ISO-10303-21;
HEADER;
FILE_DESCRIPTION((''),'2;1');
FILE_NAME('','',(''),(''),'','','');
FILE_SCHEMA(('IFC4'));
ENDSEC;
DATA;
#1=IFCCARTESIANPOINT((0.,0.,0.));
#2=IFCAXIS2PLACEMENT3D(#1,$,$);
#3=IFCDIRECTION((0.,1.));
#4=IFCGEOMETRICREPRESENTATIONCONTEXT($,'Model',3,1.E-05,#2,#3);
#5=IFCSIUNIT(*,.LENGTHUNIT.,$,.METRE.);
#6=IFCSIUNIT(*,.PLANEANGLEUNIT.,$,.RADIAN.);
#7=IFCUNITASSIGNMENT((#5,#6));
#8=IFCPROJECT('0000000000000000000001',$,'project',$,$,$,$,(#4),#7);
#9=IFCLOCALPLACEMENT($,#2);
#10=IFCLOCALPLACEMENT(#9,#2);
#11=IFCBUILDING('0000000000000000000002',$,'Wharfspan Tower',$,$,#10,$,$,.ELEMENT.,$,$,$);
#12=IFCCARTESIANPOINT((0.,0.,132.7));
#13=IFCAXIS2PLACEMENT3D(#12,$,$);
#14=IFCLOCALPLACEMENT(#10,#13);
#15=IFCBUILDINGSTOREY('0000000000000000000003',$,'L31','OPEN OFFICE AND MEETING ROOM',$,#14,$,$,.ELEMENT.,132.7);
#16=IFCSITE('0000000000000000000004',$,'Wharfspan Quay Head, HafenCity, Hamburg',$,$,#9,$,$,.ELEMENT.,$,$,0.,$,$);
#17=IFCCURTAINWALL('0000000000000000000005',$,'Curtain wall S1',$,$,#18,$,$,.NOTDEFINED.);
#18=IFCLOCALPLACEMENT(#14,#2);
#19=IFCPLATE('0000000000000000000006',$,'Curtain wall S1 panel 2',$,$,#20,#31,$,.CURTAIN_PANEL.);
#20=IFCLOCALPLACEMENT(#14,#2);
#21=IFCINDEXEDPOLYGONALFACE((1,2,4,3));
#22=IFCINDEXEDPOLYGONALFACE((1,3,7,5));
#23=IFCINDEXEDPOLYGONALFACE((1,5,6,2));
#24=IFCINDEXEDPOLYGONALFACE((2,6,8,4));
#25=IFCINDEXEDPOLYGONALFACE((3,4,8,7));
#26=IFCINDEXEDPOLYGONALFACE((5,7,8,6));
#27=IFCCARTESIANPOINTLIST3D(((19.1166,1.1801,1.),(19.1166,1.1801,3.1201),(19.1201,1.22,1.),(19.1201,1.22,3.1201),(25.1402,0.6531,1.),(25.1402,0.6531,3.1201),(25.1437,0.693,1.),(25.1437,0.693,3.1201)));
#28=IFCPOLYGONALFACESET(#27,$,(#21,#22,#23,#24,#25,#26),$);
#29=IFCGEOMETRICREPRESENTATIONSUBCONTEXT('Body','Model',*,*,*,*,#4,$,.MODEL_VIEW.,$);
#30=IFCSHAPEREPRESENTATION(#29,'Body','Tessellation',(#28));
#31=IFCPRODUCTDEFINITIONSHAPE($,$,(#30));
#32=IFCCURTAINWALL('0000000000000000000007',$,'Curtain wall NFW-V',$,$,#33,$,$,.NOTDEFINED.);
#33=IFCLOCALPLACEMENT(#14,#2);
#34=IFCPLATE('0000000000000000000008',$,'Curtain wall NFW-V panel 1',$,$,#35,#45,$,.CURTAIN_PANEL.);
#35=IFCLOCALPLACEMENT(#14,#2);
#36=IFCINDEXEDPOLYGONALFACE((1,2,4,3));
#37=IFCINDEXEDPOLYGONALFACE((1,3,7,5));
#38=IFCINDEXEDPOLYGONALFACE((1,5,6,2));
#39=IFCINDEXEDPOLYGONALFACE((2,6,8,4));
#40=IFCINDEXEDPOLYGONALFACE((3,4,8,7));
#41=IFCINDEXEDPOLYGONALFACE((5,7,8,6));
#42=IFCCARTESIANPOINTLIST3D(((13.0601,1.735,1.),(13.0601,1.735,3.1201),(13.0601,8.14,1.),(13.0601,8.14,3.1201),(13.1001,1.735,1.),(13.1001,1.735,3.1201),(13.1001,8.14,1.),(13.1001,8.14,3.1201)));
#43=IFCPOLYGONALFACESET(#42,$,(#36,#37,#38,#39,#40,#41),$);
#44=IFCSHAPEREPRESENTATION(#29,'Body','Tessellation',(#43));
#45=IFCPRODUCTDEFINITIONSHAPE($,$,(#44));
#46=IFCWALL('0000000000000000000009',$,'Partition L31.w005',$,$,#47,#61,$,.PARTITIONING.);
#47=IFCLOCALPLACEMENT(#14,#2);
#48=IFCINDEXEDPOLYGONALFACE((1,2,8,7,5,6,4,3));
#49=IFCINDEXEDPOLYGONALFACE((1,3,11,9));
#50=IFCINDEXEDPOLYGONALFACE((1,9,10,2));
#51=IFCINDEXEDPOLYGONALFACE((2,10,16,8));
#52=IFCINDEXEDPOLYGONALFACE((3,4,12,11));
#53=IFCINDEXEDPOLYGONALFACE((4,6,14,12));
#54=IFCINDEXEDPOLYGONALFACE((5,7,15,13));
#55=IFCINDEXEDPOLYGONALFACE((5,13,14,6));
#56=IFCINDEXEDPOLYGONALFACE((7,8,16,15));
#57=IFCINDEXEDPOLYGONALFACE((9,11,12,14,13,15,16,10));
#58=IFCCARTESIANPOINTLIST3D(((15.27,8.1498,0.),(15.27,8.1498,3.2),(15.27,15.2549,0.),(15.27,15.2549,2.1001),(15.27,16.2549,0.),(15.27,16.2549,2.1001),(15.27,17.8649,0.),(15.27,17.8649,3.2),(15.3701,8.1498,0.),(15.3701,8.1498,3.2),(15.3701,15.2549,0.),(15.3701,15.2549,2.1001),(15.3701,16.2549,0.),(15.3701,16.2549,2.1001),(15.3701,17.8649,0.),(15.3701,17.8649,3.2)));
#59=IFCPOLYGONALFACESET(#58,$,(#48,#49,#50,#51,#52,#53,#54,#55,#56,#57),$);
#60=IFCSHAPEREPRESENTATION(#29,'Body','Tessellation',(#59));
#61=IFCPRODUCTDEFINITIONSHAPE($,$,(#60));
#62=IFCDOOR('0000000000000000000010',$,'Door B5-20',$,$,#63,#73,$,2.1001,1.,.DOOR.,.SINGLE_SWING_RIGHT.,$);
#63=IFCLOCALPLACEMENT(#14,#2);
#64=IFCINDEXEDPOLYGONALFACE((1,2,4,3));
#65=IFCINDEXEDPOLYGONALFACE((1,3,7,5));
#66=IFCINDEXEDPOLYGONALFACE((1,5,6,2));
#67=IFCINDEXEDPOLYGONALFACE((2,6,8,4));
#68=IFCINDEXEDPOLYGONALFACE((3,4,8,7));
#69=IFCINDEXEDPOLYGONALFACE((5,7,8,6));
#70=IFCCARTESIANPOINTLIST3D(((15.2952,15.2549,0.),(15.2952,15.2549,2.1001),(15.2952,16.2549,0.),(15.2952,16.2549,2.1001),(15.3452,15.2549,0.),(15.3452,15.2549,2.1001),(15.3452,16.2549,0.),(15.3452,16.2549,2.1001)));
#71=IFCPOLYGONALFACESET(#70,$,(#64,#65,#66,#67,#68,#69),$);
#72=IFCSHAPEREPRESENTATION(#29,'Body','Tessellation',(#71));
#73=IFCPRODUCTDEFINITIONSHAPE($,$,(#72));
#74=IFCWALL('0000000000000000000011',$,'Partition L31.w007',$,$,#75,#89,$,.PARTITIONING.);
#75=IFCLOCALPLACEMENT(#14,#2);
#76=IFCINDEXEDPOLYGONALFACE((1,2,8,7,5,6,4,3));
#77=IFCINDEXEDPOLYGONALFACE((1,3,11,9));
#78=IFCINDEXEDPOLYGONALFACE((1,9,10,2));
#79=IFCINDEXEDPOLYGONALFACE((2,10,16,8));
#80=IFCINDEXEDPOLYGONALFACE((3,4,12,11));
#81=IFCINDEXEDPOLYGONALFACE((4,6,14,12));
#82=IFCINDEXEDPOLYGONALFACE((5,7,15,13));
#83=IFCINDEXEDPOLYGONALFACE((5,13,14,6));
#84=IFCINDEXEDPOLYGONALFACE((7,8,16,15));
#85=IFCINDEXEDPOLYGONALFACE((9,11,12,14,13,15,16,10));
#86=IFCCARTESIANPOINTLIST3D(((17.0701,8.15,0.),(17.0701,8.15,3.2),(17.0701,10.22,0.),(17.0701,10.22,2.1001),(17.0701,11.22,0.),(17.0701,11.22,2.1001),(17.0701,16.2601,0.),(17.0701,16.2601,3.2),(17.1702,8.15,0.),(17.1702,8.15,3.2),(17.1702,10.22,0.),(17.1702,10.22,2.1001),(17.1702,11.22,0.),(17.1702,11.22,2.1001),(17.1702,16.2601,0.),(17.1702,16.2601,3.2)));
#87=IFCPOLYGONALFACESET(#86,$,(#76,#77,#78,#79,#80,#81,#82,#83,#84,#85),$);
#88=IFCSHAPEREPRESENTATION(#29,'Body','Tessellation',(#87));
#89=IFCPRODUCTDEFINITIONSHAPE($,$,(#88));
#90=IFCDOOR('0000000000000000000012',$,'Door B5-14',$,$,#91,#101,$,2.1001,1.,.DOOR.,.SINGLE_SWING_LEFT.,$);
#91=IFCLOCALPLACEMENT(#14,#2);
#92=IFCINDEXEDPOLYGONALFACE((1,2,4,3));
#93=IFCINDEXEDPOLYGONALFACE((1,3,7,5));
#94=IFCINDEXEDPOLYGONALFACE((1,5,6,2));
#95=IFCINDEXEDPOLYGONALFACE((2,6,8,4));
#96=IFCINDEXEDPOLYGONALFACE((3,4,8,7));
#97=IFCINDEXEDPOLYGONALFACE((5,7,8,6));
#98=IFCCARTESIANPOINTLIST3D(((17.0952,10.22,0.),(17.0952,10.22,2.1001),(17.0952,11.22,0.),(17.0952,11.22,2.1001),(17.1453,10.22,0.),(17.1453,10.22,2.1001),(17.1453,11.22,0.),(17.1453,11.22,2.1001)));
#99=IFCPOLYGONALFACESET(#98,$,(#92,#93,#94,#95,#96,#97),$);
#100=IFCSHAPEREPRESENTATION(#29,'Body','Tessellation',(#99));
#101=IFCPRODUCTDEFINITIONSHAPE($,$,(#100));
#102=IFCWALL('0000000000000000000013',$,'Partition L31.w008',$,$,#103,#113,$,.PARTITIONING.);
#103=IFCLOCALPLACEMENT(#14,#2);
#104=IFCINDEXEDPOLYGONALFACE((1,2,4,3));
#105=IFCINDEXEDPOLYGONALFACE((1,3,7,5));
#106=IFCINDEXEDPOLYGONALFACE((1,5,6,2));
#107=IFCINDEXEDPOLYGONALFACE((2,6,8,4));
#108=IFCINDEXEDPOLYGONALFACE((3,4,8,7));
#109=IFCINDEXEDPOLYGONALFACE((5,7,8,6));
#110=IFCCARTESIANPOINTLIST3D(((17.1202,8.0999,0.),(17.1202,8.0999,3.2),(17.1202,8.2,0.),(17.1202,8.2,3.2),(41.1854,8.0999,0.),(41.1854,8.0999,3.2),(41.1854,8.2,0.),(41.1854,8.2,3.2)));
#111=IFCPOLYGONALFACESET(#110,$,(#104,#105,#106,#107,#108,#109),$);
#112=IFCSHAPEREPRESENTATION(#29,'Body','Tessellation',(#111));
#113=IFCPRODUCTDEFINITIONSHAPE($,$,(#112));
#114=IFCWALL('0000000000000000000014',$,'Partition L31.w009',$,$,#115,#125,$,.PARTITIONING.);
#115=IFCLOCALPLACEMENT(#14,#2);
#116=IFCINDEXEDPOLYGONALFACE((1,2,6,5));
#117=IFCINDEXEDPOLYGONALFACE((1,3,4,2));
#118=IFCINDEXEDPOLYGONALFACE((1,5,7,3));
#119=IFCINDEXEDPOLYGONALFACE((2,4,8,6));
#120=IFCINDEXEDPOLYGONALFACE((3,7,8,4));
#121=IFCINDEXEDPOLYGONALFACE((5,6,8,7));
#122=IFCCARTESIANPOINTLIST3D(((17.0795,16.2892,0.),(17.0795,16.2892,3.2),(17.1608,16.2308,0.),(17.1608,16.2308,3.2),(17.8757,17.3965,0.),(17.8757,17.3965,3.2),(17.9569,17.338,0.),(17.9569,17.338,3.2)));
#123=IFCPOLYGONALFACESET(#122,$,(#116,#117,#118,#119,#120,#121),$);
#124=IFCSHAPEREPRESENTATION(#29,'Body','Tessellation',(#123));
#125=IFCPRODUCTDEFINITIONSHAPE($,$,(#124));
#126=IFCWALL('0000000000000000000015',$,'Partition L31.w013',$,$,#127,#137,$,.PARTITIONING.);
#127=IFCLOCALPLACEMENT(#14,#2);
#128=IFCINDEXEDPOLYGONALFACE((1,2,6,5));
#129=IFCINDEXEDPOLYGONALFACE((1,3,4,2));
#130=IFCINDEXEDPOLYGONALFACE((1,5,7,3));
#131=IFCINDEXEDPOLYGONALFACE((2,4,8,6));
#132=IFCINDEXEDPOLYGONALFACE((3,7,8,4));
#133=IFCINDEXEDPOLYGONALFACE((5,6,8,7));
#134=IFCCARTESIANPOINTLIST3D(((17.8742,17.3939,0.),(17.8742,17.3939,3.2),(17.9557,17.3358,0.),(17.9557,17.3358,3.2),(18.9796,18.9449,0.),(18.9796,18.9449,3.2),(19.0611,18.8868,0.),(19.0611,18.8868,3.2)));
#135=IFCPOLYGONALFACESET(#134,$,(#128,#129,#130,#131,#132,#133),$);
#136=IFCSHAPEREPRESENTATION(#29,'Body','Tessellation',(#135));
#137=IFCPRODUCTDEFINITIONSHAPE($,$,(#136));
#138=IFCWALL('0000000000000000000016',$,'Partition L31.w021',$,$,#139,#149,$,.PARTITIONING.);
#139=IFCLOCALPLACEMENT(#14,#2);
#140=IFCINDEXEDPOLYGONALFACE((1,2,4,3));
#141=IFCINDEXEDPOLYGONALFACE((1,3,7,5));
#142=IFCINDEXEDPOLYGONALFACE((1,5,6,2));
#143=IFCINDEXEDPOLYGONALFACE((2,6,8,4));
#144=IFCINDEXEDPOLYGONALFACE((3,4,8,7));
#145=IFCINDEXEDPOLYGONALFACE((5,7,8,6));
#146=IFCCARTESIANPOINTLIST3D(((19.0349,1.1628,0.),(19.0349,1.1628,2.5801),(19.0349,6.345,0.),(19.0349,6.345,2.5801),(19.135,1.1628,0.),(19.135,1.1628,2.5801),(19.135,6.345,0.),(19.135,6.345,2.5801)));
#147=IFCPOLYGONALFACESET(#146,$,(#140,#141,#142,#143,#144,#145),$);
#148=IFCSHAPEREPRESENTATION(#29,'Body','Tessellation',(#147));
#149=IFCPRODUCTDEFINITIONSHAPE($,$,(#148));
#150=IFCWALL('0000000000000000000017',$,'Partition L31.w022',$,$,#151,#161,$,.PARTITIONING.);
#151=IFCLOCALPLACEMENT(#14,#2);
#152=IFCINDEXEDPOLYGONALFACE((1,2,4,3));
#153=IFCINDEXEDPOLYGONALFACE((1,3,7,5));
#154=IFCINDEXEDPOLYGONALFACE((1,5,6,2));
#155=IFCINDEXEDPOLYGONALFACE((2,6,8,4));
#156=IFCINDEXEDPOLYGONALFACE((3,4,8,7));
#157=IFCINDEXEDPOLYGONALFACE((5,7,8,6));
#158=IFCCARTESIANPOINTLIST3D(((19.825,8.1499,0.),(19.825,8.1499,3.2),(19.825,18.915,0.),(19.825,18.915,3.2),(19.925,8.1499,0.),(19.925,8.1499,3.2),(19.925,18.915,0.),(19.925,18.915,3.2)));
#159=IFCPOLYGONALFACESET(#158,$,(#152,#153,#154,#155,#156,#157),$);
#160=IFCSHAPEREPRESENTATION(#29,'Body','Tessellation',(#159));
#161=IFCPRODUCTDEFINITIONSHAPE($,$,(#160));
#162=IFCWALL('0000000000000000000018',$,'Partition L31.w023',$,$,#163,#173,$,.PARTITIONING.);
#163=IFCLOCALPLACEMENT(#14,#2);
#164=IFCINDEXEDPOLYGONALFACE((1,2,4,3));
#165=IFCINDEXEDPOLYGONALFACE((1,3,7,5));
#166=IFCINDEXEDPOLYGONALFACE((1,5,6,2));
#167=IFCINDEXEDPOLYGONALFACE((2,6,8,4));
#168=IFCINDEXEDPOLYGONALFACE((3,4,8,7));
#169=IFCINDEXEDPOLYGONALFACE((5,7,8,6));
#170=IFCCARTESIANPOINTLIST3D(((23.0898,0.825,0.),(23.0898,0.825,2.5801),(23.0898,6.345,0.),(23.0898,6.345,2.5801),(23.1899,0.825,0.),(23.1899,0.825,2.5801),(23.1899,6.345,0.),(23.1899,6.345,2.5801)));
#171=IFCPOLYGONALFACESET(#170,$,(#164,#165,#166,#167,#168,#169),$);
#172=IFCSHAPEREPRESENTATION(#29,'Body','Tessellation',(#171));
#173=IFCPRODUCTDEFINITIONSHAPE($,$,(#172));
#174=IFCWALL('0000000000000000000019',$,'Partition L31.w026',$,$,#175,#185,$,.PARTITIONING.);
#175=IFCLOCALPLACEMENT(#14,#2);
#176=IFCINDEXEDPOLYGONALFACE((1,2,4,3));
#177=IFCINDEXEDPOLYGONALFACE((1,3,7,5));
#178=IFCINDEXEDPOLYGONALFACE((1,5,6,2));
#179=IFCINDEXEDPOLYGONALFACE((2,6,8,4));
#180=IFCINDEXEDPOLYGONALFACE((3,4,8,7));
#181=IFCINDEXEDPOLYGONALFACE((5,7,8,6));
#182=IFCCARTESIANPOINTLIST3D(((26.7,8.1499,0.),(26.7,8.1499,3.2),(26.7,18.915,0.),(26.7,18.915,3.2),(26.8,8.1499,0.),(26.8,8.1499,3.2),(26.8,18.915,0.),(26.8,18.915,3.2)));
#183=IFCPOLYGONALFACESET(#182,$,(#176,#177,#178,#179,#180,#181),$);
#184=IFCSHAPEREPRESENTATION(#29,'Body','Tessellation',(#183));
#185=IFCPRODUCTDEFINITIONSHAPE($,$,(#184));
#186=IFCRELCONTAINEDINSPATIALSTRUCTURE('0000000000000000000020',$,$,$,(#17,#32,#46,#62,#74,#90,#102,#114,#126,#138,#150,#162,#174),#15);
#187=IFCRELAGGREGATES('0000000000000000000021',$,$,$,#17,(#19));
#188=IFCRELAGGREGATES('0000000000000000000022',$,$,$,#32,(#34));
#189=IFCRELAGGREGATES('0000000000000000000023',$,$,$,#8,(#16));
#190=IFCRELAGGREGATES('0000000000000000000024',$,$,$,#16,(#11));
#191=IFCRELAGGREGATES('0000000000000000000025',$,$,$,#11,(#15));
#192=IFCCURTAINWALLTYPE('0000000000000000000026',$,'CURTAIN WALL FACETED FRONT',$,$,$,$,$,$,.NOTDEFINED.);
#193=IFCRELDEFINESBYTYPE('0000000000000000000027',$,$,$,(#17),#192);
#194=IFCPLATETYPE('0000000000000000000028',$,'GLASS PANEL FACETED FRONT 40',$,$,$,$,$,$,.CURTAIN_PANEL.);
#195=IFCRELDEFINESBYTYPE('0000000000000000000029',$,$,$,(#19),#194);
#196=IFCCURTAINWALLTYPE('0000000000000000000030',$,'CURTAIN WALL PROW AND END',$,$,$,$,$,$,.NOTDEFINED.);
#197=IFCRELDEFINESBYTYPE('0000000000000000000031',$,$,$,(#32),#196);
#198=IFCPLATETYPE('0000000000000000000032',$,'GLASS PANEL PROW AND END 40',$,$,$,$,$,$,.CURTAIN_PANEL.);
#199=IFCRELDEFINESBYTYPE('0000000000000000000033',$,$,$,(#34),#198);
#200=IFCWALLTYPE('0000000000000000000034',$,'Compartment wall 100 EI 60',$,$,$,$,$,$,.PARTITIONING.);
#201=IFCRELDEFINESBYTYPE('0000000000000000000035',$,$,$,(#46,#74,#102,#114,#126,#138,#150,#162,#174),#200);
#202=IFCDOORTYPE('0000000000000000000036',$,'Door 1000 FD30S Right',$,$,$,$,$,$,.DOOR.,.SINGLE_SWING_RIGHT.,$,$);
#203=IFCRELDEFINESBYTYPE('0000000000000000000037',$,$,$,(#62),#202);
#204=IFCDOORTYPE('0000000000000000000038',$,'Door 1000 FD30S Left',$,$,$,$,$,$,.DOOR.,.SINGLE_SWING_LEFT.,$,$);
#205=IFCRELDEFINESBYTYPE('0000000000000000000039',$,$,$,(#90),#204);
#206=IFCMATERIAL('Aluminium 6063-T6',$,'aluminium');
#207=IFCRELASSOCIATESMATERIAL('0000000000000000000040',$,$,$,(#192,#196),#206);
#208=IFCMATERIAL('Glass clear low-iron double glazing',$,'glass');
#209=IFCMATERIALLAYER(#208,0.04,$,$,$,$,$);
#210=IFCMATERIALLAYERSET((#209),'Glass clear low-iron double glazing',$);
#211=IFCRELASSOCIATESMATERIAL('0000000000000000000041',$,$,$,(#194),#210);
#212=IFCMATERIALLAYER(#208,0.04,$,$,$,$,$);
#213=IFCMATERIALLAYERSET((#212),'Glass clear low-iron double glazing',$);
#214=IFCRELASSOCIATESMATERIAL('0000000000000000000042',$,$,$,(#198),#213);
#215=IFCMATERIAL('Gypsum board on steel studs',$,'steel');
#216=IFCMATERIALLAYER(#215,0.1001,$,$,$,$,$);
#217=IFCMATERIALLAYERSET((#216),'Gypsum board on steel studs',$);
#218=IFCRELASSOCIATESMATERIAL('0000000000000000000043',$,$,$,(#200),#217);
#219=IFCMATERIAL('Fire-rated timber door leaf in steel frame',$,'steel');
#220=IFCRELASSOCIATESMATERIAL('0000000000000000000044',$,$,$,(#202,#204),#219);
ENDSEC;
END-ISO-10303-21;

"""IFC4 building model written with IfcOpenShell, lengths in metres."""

from ifc_helpers import new_model, si_unit, direction, frame, frame_2d, origin, origin_2d, place, context, subcontext, project, spatial, rectangle, extrude, material, layer, layer_set, type_object, element, fill, aggregate, save


model = new_model("IFC4")

# Units and contexts
model_context = context("Model", 3, precision=1e-05, world=origin(), true_north=direction((0.0, 1.0)))
body_context = subcontext(model_context, "Body", "Model", "MODEL_VIEW")
ifc_project = project(units=[si_unit("LENGTHUNIT", "METRE"), si_unit("PLANEANGLEUNIT", "RADIAN")], contexts=[model_context])

# Site, building, storey
site_placement = place(None, origin())
site = spatial("IfcSite", under=ifc_project, at=site_placement, Name="Wharfspan Quay Head, HafenCity, Hamburg", CompositionType="ELEMENT", RefElevation=0.0)
building_placement = place(site_placement, origin())
building = spatial("IfcBuilding", under=site, at=building_placement, Name="Wharfspan Tower", CompositionType="ELEMENT")
storey_placement = place(building_placement, frame((0.0, 0.0, 132.7)))
storey = spatial("IfcBuildingStorey", under=building, at=storey_placement, Name="L31", Description="OPEN OFFICE AND MEETING ROOM", CompositionType="ELEMENT", Elevation=132.7)

# Curtain wall, plate
ifc_material_1 = material(Name="Aluminium 6063-T6", Category="aluminium")
curtain_wall_type_1 = type_object("IfcCurtainWallType", Name="CURTAIN WALL FACETED FRONT", PredefinedType="NOTDEFINED", material=ifc_material_1)
curtain_wall_1_placement = place(storey_placement, origin())
curtain_wall_1 = element("IfcCurtainWall", 1, at=curtain_wall_1_placement, inside=storey, type_object=curtain_wall_type_1, Name="Curtain wall S1", PredefinedType="NOTDEFINED")
ifc_material_2 = material(Name="Glass clear low-iron double glazing", Category="glass")
ifc_layer_1 = layer(ifc_material_2, 0.04)
ifc_layer_set_1 = layer_set([ifc_layer_1], Name="Glass clear low-iron double glazing")
plate_type_1 = type_object("IfcPlateType", Name="GLASS PANEL FACETED FRONT 40", PredefinedType="CURTAIN_PANEL", material=ifc_layer_set_1)
plate_1_placement = place(storey_placement, frame((22.1301, 0.9365, 1.0), z_axis=(0.0, 0.0, 1.0), x_axis=(0.996198, -0.087156, 0.0)))
plate_1 = element("IfcPlate", 2, at=plate_1_placement, type_object=plate_type_1, Name="Curtain wall S1 panel 2", PredefinedType="CURTAIN_PANEL", context=body_context, shape_type="SweptSolid", body=[
    extrude(rectangle(XDim=6.0466, YDim=0.04, at=origin_2d()), origin(), (0.0, 0.0, 1.0), 2.1201),
])
aggregate(curtain_wall_1, [plate_1])

# Curtain wall, plate
curtain_wall_type_2 = type_object("IfcCurtainWallType", Name="CURTAIN WALL PROW AND END", PredefinedType="NOTDEFINED", material=ifc_material_1)
curtain_wall_2_placement = place(storey_placement, origin())
curtain_wall_2 = element("IfcCurtainWall", 3, at=curtain_wall_2_placement, inside=storey, type_object=curtain_wall_type_2, Name="Curtain wall NFW-V", PredefinedType="NOTDEFINED")
ifc_layer_2 = layer(ifc_material_2, 0.04)
ifc_layer_set_2 = layer_set([ifc_layer_2], Name="Glass clear low-iron double glazing")
plate_type_2 = type_object("IfcPlateType", Name="GLASS PANEL PROW AND END 40", PredefinedType="CURTAIN_PANEL", material=ifc_layer_set_2)
plate_2_placement = place(storey_placement, frame((13.0801, 4.9375, 1.0), z_axis=(0.0, 0.0, 1.0), x_axis=(0.0, -1.0, 0.0)))
plate_2 = element("IfcPlate", 4, at=plate_2_placement, type_object=plate_type_2, Name="Curtain wall NFW-V panel 1", PredefinedType="CURTAIN_PANEL", context=body_context, shape_type="SweptSolid", body=[
    extrude(rectangle(XDim=6.405, YDim=0.04, at=origin_2d()), origin(), (0.0, 0.0, 1.0), 2.1201),
])
aggregate(curtain_wall_2, [plate_2])

# Walls, openings, doors
ifc_material_3 = material(Name="Gypsum board on steel studs", Category="steel")
ifc_layer_3 = layer(ifc_material_3, 0.1001)
ifc_layer_set_3 = layer_set([ifc_layer_3], Name="Gypsum board on steel studs")
wall_type_1 = type_object("IfcWallType", Name="Compartment wall 100 EI 60", PredefinedType="PARTITIONING", material=ifc_layer_set_3)
wall_1_placement = place(storey_placement, frame((15.3201, 8.1499, 0.0), z_axis=(0.0, 0.0, 1.0), x_axis=(0.0, 1.0, 0.0)))
wall_1 = element("IfcWall", 5, at=wall_1_placement, inside=storey, type_object=wall_type_1, Name="Partition L31.w005", PredefinedType="PARTITIONING", context=body_context, shape_type="SweptSolid", body=[
    extrude(rectangle(XDim=9.7151, YDim=0.1001, at=frame_2d((4.8574, 0.0))), origin(), (0.0, 0.0, 1.0), 3.2),
])
opening_1_placement = place(wall_1_placement, frame((7.105, 0.0, 0.0)))
opening_1 = element("IfcOpeningElement", 6, at=opening_1_placement, cuts=wall_1, PredefinedType="OPENING", context=body_context, shape_type="SweptSolid", body=[
    extrude(rectangle(XDim=1.0, YDim=2.1001, at=frame_2d((0.5, 1.05))), frame((0.0, 0.0601, 0.0), z_axis=(0.0, -1.0, 0.0), x_axis=(1.0, 0.0, 0.0)), (0.0, 0.0, 1.0), 0.1201),
])
ifc_material_4 = material(Name="Fire-rated timber door leaf in steel frame", Category="steel")
door_type_1 = type_object("IfcDoorType", Name="Door 1000 FD30S Right", OperationType="SINGLE_SWING_RIGHT", PredefinedType="DOOR", material=ifc_material_4)
door_1_placement = place(opening_1_placement, origin())
door_1 = element("IfcDoor", 7, at=door_1_placement, inside=storey, type_object=door_type_1, Name="Door B5-20", OperationType="SINGLE_SWING_RIGHT", OverallHeight=2.1001, OverallWidth=1.0, PredefinedType="DOOR", context=body_context, shape_type="SweptSolid", body=[
    extrude(rectangle(XDim=1.0, YDim=2.1001, at=frame_2d((0.5, 1.05))), frame((0.0, 0.0249, 0.0), z_axis=(0.0, -1.0, 0.0), x_axis=(1.0, 0.0, 0.0)), (0.0, 0.0, 1.0), 0.05),
])
fill(opening_1, door_1)
wall_2_placement = place(storey_placement, frame((17.1201, 8.1499, 0.0), z_axis=(0.0, 0.0, 1.0), x_axis=(0.0, 1.0, 0.0)))
wall_2 = element("IfcWall", 8, at=wall_2_placement, inside=storey, type_object=wall_type_1, Name="Partition L31.w007", PredefinedType="PARTITIONING", context=body_context, shape_type="SweptSolid", body=[
    extrude(rectangle(XDim=8.1101, YDim=0.1001, at=frame_2d((4.0552, 0.0))), origin(), (0.0, 0.0, 1.0), 3.2),
])
opening_2_placement = place(wall_2_placement, frame((2.0701, 0.0, 0.0)))
opening_2 = element("IfcOpeningElement", 9, at=opening_2_placement, cuts=wall_2, PredefinedType="OPENING", context=body_context, shape_type="SweptSolid", body=[
    extrude(rectangle(XDim=1.0, YDim=2.1001, at=frame_2d((0.5, 1.05))), frame((0.0, 0.0601, 0.0), z_axis=(0.0, -1.0, 0.0), x_axis=(1.0, 0.0, 0.0)), (0.0, 0.0, 1.0), 0.1201),
])
door_type_2 = type_object("IfcDoorType", Name="Door 1000 FD30S Left", OperationType="SINGLE_SWING_LEFT", PredefinedType="DOOR", material=ifc_material_4)
door_2_placement = place(opening_2_placement, origin())
door_2 = element("IfcDoor", 10, at=door_2_placement, inside=storey, type_object=door_type_2, Name="Door B5-14", OperationType="SINGLE_SWING_LEFT", OverallHeight=2.1001, OverallWidth=1.0, PredefinedType="DOOR", context=body_context, shape_type="SweptSolid", body=[
    extrude(rectangle(XDim=1.0, YDim=2.1001, at=frame_2d((0.5, 1.05))), frame((0.0, 0.0249, 0.0), z_axis=(0.0, -1.0, 0.0), x_axis=(1.0, 0.0, 0.0)), (0.0, 0.0, 1.0), 0.05),
])
fill(opening_2, door_2)

# Walls
wall_3_placement = place(storey_placement, frame((17.1201, 8.1499, 0.0), z_axis=(0.0, 0.0, 1.0), x_axis=(1.0, 0.0, 0.0)))
element("IfcWall", 11, at=wall_3_placement, inside=storey, type_object=wall_type_1, Name="Partition L31.w008", PredefinedType="PARTITIONING", context=body_context, shape_type="SweptSolid", body=[
    extrude(rectangle(XDim=24.0652, YDim=0.1001, at=frame_2d((12.0327, 0.0))), origin(), (0.0, 0.0, 1.0), 3.2),
])
wall_4_placement = place(storey_placement, frame((17.1201, 16.26, 0.0), z_axis=(0.0, 0.0, 1.0), x_axis=(0.583811, 0.811893, 0.0)))
element("IfcWall", 12, at=wall_4_placement, inside=storey, type_object=wall_type_1, Name="Partition L31.w009", PredefinedType="PARTITIONING", context=body_context, shape_type="SweptSolid", body=[
    extrude(rectangle(XDim=1.3638, YDim=0.1001, at=frame_2d((0.6819, 0.0))), origin(), (0.0, 0.0, 1.0), 3.2),
])
wall_5_placement = place(storey_placement, frame((17.915, 17.365, 0.0), z_axis=(0.0, 0.0, 1.0), x_axis=(0.580403, 0.814333, 0.0)))
element("IfcWall", 13, at=wall_5_placement, inside=storey, type_object=wall_type_1, Name="Partition L31.w013", PredefinedType="PARTITIONING", context=body_context, shape_type="SweptSolid", body=[
    extrude(rectangle(XDim=1.9045, YDim=0.1001, at=frame_2d((0.9521, 0.0))), origin(), (0.0, 0.0, 1.0), 3.2),
])
wall_6_placement = place(storey_placement, frame((19.085, 1.1628, 0.0), z_axis=(0.0, 0.0, 1.0), x_axis=(0.0, 1.0, 0.0)))
element("IfcWall", 14, at=wall_6_placement, inside=storey, type_object=wall_type_1, Name="Partition L31.w021", PredefinedType="PARTITIONING", context=body_context, shape_type="SweptSolid", body=[
    extrude(rectangle(XDim=5.1821, YDim=0.1001, at=frame_2d((2.5911, 0.0))), origin(), (0.0, 0.0, 1.0), 2.5801),
])
wall_7_placement = place(storey_placement, frame((19.875, 8.1499, 0.0), z_axis=(0.0, 0.0, 1.0), x_axis=(0.0, 1.0, 0.0)))
element("IfcWall", 15, at=wall_7_placement, inside=storey, type_object=wall_type_1, Name="Partition L31.w022", PredefinedType="PARTITIONING", context=body_context, shape_type="SweptSolid", body=[
    extrude(rectangle(XDim=10.7651, YDim=0.1001, at=frame_2d((5.3826, 0.0))), origin(), (0.0, 0.0, 1.0), 3.2),
])
wall_8_placement = place(storey_placement, frame((23.1399, 0.825, 0.0), z_axis=(0.0, 0.0, 1.0), x_axis=(0.0, 1.0, 0.0)))
element("IfcWall", 16, at=wall_8_placement, inside=storey, type_object=wall_type_1, Name="Partition L31.w023", PredefinedType="PARTITIONING", context=body_context, shape_type="SweptSolid", body=[
    extrude(rectangle(XDim=5.52, YDim=0.1001, at=frame_2d((2.76, 0.0))), origin(), (0.0, 0.0, 1.0), 2.5801),
])
wall_9_placement = place(storey_placement, frame((26.75, 8.1499, 0.0), z_axis=(0.0, 0.0, 1.0), x_axis=(0.0, 1.0, 0.0)))
element("IfcWall", 17, at=wall_9_placement, inside=storey, type_object=wall_type_1, Name="Partition L31.w026", PredefinedType="PARTITIONING", context=body_context, shape_type="SweptSolid", body=[
    extrude(rectangle(XDim=10.7651, YDim=0.1001, at=frame_2d((5.3826, 0.0))), origin(), (0.0, 0.0, 1.0), 3.2),
])

save(model, "model.ifc")
